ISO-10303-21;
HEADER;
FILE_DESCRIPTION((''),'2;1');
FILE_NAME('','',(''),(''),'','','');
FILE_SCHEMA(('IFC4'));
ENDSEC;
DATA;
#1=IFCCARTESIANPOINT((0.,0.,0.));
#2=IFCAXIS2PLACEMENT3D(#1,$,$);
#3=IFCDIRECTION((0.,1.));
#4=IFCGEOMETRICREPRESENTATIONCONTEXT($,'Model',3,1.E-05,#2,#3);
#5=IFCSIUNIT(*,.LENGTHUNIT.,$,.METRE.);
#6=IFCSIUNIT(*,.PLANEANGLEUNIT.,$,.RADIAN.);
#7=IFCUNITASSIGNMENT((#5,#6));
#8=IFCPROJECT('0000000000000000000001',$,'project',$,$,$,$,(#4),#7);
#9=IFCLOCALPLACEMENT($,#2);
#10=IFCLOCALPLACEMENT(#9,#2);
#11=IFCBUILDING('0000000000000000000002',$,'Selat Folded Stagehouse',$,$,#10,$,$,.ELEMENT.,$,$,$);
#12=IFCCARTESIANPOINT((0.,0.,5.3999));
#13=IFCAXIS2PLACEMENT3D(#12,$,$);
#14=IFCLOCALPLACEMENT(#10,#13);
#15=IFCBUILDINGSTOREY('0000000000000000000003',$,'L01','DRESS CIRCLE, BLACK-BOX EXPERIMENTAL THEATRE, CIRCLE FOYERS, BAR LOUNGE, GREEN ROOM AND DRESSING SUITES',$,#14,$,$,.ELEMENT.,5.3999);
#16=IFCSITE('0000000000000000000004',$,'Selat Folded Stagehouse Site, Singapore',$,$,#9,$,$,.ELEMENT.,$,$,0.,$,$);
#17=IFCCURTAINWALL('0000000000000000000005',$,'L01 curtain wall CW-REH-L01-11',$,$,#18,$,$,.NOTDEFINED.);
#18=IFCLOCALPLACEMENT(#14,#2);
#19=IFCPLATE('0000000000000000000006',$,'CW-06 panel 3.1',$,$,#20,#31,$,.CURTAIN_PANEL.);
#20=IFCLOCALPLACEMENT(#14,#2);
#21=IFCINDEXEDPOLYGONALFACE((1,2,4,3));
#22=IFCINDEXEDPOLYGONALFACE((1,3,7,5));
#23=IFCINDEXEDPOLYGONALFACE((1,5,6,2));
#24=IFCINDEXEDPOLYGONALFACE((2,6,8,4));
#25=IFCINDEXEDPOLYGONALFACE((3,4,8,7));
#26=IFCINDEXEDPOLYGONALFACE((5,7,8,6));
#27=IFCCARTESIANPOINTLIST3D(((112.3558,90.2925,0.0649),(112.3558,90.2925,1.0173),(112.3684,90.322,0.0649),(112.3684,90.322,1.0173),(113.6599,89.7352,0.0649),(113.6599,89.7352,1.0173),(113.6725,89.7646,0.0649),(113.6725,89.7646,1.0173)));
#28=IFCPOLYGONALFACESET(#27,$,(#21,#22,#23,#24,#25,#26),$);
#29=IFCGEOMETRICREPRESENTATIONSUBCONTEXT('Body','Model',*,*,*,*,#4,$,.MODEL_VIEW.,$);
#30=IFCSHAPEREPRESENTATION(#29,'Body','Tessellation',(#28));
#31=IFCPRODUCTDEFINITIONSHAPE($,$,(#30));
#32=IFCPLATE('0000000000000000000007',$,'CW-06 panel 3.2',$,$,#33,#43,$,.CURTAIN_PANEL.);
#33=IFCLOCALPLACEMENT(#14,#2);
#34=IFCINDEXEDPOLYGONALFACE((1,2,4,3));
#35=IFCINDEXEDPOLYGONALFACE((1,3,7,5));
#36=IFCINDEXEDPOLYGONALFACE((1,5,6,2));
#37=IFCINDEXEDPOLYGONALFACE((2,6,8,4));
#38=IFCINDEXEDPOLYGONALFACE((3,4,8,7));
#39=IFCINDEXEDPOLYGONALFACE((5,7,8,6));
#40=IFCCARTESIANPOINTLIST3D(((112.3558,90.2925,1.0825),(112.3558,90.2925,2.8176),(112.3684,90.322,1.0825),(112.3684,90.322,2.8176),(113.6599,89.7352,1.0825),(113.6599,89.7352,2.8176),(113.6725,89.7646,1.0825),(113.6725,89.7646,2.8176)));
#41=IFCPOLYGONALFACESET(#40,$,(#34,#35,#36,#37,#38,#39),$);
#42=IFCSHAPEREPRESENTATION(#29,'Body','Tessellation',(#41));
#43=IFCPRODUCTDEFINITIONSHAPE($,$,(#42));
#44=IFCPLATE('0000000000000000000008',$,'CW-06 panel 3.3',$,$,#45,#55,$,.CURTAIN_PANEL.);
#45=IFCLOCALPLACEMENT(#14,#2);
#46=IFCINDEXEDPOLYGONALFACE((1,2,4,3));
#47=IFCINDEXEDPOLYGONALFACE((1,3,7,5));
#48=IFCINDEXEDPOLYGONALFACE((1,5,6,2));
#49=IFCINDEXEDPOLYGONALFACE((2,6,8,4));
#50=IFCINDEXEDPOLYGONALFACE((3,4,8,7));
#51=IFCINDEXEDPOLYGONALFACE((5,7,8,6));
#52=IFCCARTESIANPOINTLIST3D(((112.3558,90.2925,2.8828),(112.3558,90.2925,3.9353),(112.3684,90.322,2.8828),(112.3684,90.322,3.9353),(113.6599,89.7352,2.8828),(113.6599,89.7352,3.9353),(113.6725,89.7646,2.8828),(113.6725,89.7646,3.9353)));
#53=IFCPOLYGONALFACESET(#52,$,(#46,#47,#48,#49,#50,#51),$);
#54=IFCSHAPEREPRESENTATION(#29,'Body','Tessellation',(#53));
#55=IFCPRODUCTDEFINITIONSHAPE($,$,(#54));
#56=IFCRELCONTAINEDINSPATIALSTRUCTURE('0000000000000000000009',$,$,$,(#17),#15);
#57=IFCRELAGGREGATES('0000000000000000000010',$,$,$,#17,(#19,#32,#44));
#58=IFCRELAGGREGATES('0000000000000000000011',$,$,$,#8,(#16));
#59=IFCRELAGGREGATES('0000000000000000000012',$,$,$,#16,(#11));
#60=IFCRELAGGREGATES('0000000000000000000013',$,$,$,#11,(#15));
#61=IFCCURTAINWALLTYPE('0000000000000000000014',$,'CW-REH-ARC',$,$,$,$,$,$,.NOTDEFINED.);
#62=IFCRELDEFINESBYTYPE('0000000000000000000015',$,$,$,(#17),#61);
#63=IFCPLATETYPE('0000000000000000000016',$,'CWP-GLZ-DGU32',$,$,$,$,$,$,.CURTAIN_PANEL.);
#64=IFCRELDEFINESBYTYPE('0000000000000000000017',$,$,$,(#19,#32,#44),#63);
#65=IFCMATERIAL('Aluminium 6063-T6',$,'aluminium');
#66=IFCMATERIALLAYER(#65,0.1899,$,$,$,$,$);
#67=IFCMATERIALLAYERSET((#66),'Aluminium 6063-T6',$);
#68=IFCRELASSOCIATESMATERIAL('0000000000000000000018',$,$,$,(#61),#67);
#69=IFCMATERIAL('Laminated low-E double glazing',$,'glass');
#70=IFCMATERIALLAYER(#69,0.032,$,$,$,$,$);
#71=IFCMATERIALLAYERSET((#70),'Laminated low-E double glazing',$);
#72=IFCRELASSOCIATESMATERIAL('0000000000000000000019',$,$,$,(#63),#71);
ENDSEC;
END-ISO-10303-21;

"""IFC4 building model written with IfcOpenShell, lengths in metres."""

from ifc_helpers import new_model, si_unit, direction, frame, origin, origin_2d, place, context, subcontext, project, spatial, rectangle, extrude, material, layer, layer_set, type_object, element, aggregate, save


model = new_model("IFC4")

# Units and contexts
model_context = context("Model", 3, precision=1e-05, world=origin(), true_north=direction((0.0, 1.0)))
body_context = subcontext(model_context, "Body", "Model", "MODEL_VIEW")
ifc_project = project(units=[si_unit("LENGTHUNIT", "METRE"), si_unit("PLANEANGLEUNIT", "RADIAN")], contexts=[model_context])

# Site, building, storey
site_placement = place(None, origin())
site = spatial("IfcSite", under=ifc_project, at=site_placement, Name="Selat Folded Stagehouse Site, Singapore", CompositionType="ELEMENT", RefElevation=0.0)
building_placement = place(site_placement, origin())
building = spatial("IfcBuilding", under=site, at=building_placement, Name="Selat Folded Stagehouse", CompositionType="ELEMENT")
storey_placement = place(building_placement, frame((0.0, 0.0, 5.3999)))
storey = spatial("IfcBuildingStorey", under=building, at=storey_placement, Name="L01", Description="DRESS CIRCLE, BLACK-BOX EXPERIMENTAL THEATRE, CIRCLE FOYERS, BAR LOUNGE, GREEN ROOM AND DRESSING SUITES", CompositionType="ELEMENT", Elevation=5.3999)

# Shared definitions
ifc_material_1 = material(Name="Aluminium 6063-T6", Category="aluminium")
ifc_layer_1 = layer(ifc_material_1, 0.1899)
ifc_layer_set_1 = layer_set([ifc_layer_1], Name="Aluminium 6063-T6")
curtain_wall_type = type_object("IfcCurtainWallType", Name="CW-REH-ARC", PredefinedType="NOTDEFINED", material=ifc_layer_set_1)

# Curtain wall
curtain_wall_1_placement = place(storey_placement, origin())
curtain_wall_1 = element("IfcCurtainWall", 1, at=curtain_wall_1_placement, inside=storey, type_object=curtain_wall_type, Name="L01 curtain wall CW-REH-L01-11", PredefinedType="NOTDEFINED")

# Plates
ifc_material_2 = material(Name="Laminated low-E double glazing", Category="glass")
ifc_layer_2 = layer(ifc_material_2, 0.032)
ifc_layer_set_2 = layer_set([ifc_layer_2], Name="Laminated low-E double glazing")
plate_type = type_object("IfcPlateType", Name="CWP-GLZ-DGU32", PredefinedType="CURTAIN_PANEL", material=ifc_layer_set_2)
plate_1_placement = place(storey_placement, frame((113.0142, 90.0286, 0.0649), z_axis=(0.0, 0.0, 1.0), x_axis=(-0.919533, 0.393012, 0.0)))
plate_1 = element("IfcPlate", 2, at=plate_1_placement, type_object=plate_type, Name="CW-06 panel 3.1", PredefinedType="CURTAIN_PANEL", context=body_context, shape_type="SweptSolid", body=[
    extrude(rectangle(XDim=1.4182, YDim=0.032, at=origin_2d()), origin(), (0.0, 0.0, 1.0), 0.9524),
])
plate_2_placement = place(storey_placement, frame((113.0142, 90.0286, 1.0825), z_axis=(0.0, 0.0, 1.0), x_axis=(-0.919533, 0.393012, 0.0)))
plate_2 = element("IfcPlate", 3, at=plate_2_placement, type_object=plate_type, Name="CW-06 panel 3.2", PredefinedType="CURTAIN_PANEL", context=body_context, shape_type="SweptSolid", body=[
    extrude(rectangle(XDim=1.4182, YDim=0.032, at=origin_2d()), origin(), (0.0, 0.0, 1.0), 1.7351),
])
plate_3_placement = place(storey_placement, frame((113.0142, 90.0286, 2.8828), z_axis=(0.0, 0.0, 1.0), x_axis=(-0.919533, 0.393012, 0.0)))
plate_3 = element("IfcPlate", 4, at=plate_3_placement, type_object=plate_type, Name="CW-06 panel 3.3", PredefinedType="CURTAIN_PANEL", context=body_context, shape_type="SweptSolid", body=[
    extrude(rectangle(XDim=1.4182, YDim=0.032, at=origin_2d()), origin(), (0.0, 0.0, 1.0), 1.0525),
])
aggregate(curtain_wall_1, [plate_1, plate_2, plate_3])

save(model, "model.ifc")
